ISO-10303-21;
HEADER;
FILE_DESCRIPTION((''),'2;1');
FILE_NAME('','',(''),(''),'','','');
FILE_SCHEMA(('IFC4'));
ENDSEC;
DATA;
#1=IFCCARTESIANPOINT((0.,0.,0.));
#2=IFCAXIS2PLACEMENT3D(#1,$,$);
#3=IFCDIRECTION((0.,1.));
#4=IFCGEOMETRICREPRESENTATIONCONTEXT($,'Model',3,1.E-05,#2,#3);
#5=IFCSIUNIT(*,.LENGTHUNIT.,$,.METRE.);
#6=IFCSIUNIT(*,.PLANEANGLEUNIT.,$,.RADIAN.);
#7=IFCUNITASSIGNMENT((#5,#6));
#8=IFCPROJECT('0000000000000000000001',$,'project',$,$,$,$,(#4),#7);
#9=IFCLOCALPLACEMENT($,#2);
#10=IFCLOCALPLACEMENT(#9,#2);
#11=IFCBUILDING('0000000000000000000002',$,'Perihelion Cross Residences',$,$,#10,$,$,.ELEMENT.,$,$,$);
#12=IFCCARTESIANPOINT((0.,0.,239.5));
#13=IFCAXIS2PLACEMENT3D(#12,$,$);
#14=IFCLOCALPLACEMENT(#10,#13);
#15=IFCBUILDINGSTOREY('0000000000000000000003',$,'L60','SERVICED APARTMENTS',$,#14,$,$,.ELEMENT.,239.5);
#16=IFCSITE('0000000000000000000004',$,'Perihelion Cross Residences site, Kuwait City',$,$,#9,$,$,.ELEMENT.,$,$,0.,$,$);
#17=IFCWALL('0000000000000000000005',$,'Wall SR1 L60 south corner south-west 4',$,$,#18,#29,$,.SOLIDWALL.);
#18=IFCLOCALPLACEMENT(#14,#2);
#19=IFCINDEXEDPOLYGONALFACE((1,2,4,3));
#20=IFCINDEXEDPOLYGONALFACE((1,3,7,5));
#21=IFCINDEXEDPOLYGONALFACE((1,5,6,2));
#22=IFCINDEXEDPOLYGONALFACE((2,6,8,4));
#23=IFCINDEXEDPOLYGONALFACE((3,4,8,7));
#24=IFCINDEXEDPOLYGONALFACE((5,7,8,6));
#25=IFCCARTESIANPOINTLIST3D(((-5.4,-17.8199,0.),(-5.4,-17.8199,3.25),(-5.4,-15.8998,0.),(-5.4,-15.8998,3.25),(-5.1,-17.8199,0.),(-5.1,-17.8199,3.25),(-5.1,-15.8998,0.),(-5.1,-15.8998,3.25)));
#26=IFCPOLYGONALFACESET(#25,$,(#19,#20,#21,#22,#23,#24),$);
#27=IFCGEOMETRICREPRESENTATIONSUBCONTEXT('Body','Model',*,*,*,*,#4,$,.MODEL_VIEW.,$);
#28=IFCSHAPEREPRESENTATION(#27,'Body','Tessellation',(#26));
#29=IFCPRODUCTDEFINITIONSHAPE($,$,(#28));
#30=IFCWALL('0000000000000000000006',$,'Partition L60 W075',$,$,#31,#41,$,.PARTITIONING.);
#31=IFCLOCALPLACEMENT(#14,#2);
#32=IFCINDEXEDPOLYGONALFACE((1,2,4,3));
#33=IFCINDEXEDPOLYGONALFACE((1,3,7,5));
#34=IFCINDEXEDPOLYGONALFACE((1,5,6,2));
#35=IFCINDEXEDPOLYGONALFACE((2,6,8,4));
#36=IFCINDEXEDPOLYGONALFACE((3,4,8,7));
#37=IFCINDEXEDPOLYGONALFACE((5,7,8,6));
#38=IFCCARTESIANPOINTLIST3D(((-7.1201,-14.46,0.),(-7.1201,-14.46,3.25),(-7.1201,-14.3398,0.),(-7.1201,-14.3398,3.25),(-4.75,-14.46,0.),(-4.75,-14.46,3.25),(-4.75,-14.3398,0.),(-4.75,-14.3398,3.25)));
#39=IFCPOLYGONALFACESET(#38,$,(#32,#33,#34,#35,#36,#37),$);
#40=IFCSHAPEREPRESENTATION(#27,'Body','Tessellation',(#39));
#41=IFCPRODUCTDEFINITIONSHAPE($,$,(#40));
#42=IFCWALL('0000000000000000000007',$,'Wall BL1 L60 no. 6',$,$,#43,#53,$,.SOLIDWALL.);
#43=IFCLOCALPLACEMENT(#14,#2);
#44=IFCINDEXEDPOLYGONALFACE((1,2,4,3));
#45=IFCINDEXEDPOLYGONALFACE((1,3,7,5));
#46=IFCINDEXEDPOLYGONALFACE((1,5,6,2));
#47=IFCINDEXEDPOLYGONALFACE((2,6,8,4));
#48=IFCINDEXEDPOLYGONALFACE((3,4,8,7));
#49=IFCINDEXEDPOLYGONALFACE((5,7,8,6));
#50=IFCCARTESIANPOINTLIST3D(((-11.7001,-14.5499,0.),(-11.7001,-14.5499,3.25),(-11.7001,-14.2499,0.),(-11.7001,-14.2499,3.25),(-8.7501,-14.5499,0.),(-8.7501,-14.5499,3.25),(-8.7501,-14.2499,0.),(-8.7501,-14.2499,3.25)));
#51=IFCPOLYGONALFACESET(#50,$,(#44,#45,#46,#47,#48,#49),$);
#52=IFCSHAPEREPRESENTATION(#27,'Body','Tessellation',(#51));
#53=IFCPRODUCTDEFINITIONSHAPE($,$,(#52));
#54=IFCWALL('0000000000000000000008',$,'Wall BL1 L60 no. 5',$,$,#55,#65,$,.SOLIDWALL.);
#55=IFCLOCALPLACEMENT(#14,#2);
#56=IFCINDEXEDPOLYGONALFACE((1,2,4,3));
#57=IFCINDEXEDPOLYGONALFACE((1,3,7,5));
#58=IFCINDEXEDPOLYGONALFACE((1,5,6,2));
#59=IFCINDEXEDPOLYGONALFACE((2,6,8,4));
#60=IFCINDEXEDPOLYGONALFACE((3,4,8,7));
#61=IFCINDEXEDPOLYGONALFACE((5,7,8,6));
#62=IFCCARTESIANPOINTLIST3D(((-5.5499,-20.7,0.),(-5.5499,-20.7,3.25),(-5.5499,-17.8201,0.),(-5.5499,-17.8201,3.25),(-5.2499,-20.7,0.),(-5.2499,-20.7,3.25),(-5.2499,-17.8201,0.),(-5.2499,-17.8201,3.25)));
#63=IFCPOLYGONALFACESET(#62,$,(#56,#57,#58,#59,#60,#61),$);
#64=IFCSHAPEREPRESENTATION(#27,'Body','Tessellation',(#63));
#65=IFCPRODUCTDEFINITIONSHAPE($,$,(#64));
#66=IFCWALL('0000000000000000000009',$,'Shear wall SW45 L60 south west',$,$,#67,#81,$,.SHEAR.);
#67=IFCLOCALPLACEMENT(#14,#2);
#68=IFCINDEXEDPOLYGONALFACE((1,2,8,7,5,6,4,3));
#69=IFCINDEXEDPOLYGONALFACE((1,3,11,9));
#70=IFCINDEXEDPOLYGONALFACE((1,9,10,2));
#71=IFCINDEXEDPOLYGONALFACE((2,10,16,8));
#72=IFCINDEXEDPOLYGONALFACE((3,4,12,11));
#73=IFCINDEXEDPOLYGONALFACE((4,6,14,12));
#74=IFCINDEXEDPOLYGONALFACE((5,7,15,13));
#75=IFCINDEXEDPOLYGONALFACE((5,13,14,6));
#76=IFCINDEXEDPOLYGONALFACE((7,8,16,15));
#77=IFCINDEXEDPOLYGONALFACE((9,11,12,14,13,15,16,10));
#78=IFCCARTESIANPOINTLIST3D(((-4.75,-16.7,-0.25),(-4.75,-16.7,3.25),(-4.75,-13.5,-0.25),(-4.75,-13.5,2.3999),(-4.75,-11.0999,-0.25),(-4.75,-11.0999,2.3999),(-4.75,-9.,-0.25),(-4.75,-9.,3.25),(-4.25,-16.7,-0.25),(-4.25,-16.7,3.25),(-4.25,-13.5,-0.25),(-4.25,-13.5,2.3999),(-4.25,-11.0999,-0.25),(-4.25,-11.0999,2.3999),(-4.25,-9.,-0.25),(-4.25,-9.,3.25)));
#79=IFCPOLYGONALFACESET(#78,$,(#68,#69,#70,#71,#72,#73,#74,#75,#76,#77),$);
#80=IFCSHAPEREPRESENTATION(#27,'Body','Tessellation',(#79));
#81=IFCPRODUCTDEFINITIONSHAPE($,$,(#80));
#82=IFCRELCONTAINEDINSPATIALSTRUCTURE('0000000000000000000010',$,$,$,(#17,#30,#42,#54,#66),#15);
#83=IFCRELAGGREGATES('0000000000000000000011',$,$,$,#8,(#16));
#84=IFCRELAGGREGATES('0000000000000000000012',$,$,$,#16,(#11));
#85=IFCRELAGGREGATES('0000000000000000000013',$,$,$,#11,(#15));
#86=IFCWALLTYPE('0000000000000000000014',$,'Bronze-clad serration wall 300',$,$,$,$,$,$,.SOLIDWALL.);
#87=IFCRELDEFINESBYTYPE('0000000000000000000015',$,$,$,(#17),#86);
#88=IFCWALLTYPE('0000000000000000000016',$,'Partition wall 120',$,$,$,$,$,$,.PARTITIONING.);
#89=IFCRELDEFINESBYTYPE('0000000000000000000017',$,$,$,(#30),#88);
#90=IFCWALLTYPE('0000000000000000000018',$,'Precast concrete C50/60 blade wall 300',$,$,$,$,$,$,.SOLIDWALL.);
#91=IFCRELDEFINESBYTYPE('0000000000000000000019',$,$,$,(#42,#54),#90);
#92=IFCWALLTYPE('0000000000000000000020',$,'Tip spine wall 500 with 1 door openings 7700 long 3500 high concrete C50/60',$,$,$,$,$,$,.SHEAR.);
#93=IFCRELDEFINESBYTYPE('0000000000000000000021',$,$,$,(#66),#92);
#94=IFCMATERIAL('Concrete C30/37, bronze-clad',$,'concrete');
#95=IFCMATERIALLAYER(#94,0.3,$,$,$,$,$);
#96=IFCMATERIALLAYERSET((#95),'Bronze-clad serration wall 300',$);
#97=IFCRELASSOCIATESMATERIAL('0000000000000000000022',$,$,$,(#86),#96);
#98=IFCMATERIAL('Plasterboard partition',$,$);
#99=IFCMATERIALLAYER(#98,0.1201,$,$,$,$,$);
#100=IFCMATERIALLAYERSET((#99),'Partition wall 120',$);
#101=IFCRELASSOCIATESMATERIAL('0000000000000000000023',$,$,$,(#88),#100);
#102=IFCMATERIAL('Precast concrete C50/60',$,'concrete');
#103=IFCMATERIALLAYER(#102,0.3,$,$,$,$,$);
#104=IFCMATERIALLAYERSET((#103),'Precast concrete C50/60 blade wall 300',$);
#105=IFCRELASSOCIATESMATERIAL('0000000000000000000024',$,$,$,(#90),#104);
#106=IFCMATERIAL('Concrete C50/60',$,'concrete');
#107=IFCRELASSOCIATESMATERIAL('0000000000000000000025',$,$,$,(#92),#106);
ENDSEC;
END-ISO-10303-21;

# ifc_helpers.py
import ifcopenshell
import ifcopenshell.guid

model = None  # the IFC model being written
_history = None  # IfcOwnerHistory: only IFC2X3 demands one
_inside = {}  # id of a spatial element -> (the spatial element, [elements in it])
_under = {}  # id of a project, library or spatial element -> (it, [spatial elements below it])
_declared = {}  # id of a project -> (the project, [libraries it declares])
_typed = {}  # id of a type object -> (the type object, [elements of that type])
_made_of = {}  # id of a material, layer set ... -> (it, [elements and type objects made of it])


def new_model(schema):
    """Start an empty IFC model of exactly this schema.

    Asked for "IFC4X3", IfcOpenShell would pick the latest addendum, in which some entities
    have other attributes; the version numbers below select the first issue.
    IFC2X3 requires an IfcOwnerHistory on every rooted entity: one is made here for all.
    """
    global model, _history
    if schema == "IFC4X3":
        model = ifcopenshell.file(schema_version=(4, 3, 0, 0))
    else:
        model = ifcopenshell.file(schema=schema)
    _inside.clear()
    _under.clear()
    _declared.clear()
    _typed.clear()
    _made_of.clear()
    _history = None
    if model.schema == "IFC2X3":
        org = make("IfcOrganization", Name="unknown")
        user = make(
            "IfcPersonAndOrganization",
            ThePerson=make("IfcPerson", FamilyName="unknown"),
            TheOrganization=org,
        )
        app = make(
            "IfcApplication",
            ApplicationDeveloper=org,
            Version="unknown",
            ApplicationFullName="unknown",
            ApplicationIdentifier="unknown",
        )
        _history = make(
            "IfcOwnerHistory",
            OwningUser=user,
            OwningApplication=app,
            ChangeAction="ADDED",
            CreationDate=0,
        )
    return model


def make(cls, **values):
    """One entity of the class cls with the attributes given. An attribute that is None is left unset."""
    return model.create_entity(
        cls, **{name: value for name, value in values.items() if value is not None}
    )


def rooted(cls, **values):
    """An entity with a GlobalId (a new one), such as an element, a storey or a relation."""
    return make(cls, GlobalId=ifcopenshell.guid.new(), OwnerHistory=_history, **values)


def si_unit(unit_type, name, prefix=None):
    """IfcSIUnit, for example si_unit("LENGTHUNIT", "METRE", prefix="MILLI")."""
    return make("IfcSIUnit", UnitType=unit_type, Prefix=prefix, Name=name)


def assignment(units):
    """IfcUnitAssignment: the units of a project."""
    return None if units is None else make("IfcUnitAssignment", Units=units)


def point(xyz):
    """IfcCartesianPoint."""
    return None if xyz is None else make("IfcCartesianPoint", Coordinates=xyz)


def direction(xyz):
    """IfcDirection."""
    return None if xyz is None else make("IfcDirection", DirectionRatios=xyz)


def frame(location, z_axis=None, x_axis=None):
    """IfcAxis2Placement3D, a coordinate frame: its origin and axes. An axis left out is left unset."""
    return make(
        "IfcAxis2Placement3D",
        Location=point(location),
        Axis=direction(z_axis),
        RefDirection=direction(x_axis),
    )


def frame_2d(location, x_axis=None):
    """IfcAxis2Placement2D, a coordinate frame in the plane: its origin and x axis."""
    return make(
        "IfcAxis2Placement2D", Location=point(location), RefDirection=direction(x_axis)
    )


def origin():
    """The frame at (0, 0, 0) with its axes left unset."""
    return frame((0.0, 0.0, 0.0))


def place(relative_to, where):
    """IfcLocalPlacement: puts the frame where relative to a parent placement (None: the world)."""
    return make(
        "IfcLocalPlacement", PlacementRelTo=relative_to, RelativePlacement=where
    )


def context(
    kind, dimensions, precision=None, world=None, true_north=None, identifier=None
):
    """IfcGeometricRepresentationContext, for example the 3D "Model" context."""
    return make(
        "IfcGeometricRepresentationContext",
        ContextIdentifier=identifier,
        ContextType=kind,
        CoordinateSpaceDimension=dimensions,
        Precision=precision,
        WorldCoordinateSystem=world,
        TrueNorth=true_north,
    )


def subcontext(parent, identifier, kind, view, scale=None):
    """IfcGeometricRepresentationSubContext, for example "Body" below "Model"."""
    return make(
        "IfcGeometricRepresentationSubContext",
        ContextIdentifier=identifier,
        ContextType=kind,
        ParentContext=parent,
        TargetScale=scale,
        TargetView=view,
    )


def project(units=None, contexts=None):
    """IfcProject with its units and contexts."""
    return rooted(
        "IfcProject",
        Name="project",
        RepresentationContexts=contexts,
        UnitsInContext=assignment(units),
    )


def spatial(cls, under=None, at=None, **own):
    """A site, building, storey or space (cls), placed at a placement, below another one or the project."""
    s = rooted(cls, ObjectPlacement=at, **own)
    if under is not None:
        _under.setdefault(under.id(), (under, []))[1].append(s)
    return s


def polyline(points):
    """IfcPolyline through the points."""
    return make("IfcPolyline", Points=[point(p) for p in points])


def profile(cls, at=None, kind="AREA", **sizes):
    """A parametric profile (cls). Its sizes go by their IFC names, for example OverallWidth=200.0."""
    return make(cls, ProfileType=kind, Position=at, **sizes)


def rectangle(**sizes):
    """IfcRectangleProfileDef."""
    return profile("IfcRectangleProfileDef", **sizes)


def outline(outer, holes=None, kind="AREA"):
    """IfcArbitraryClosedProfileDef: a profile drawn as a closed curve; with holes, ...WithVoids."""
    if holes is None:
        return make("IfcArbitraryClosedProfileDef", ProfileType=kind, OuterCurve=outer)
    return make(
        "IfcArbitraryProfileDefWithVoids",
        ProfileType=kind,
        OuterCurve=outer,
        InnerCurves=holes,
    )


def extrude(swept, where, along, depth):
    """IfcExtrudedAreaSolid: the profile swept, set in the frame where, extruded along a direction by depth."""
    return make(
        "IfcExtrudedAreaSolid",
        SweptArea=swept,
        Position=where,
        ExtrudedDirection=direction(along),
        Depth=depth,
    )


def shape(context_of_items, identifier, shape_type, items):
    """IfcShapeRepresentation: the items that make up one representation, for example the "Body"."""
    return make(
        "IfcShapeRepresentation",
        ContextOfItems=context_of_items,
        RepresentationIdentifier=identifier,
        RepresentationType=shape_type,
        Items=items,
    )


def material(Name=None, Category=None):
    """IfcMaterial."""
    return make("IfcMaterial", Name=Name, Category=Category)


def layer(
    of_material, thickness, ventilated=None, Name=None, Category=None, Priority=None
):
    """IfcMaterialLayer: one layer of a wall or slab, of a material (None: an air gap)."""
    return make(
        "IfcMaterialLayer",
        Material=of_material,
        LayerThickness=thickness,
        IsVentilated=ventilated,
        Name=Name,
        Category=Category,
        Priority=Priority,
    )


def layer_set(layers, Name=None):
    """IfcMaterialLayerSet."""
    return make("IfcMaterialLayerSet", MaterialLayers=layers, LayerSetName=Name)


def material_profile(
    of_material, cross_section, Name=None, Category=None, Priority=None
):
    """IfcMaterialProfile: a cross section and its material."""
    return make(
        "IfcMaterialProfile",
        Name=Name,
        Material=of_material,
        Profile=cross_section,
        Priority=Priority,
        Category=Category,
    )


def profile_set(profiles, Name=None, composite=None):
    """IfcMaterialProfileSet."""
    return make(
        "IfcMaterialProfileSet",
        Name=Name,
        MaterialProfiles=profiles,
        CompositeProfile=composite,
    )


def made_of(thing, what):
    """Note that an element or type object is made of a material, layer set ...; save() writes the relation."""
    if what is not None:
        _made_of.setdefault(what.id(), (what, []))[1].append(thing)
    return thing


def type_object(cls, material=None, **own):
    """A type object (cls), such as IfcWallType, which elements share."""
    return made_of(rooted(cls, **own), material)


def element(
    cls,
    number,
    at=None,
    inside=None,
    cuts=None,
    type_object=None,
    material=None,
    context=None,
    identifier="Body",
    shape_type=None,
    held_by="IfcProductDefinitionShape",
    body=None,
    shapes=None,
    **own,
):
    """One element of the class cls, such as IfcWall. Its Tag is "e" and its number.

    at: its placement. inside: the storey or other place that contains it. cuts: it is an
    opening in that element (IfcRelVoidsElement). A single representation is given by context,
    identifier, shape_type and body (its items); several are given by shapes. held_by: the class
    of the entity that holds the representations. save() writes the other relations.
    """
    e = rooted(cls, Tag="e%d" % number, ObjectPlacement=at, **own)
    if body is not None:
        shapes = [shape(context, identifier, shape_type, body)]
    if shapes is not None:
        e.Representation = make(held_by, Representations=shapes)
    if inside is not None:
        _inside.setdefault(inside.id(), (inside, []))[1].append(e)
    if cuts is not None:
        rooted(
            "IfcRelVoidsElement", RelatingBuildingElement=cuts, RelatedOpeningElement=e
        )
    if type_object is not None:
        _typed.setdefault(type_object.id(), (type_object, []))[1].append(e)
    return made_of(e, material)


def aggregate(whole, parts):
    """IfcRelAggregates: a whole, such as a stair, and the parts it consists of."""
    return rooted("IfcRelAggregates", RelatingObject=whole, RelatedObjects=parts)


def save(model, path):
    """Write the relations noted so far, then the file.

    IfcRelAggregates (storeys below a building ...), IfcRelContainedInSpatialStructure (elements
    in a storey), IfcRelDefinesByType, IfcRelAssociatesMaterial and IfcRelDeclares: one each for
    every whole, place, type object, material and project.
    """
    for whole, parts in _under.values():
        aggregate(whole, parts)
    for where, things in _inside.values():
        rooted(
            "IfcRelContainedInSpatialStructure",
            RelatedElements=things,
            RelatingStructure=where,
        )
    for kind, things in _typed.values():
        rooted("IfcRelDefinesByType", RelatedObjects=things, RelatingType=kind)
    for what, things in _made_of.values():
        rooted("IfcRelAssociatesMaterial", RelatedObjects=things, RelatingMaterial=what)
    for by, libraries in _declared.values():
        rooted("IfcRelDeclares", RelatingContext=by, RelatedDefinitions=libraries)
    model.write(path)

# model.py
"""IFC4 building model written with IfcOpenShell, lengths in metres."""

from ifc_helpers import new_model, si_unit, direction, frame, frame_2d, origin, place, context, subcontext, project, spatial, polyline, rectangle, outline, extrude, material, layer, layer_set, material_profile, profile_set, type_object, element, save


model = new_model("IFC4")

# Units and contexts
model_context = context("Model", 3, precision=1e-05, world=origin(), true_north=direction((0.0, 1.0)))
body_context = subcontext(model_context, "Body", "Model", "MODEL_VIEW")
ifc_project = project(units=[si_unit("LENGTHUNIT", "METRE"), si_unit("PLANEANGLEUNIT", "RADIAN")], contexts=[model_context])

# Site, building, storey
site_placement = place(None, origin())
site = spatial("IfcSite", under=ifc_project, at=site_placement, Name="Perihelion Cross Residences site, Kuwait City", CompositionType="ELEMENT", RefElevation=0.0)
building_placement = place(site_placement, origin())
building = spatial("IfcBuilding", under=site, at=building_placement, Name="Perihelion Cross Residences", CompositionType="ELEMENT")
storey_placement = place(building_placement, frame((0.0, 0.0, 239.5)))
storey = spatial("IfcBuildingStorey", under=building, at=storey_placement, Name="L60", Description="SERVICED APARTMENTS", CompositionType="ELEMENT", Elevation=239.5)

# Walls
ifc_material_1 = material(Name="Concrete C30/37, bronze-clad", Category="concrete")
ifc_layer_1 = layer(ifc_material_1, 0.3)
ifc_layer_set_1 = layer_set([ifc_layer_1], Name="Bronze-clad serration wall 300")
wall_type_1 = type_object("IfcWallType", Name="Bronze-clad serration wall 300", PredefinedType="SOLIDWALL", material=ifc_layer_set_1)
wall_1_placement = place(storey_placement, frame((-5.25, -15.8999, 0.0), z_axis=(0.0, 0.0, 1.0), x_axis=(0.0, -1.0, 0.0)))
element("IfcWall", 1, at=wall_1_placement, inside=storey, type_object=wall_type_1, Name="Wall SR1 L60 south corner south-west 4", PredefinedType="SOLIDWALL", context=body_context, shape_type="SweptSolid", body=[
    extrude(rectangle(XDim=1.9202, YDim=0.3, at=frame_2d((0.96, 0.0))), origin(), (0.0, 0.0, 1.0), 3.25),
])
ifc_material_2 = material(Name="Plasterboard partition")
ifc_layer_2 = layer(ifc_material_2, 0.1201)
ifc_layer_set_2 = layer_set([ifc_layer_2], Name="Partition wall 120")
wall_type_2 = type_object("IfcWallType", Name="Partition wall 120", PredefinedType="PARTITIONING", material=ifc_layer_set_2)
wall_2_placement = place(storey_placement, frame((-4.75, -14.3999, 0.0), z_axis=(0.0, 0.0, 1.0), x_axis=(-1.0, 0.0, 0.0)))
element("IfcWall", 2, at=wall_2_placement, inside=storey, type_object=wall_type_2, Name="Partition L60 W075", PredefinedType="PARTITIONING", context=body_context, shape_type="SweptSolid", body=[
    extrude(rectangle(XDim=2.3701, YDim=0.1201, at=frame_2d((1.1851, 0.0))), origin(), (0.0, 0.0, 1.0), 3.25),
])
ifc_material_3 = material(Name="Precast concrete C50/60", Category="concrete")
ifc_layer_3 = layer(ifc_material_3, 0.3)
ifc_layer_set_3 = layer_set([ifc_layer_3], Name="Precast concrete C50/60 blade wall 300")
wall_type_3 = type_object("IfcWallType", Name="Precast concrete C50/60 blade wall 300", PredefinedType="SOLIDWALL", material=ifc_layer_set_3)
wall_3_placement = place(storey_placement, frame((-8.75, -14.3999, 0.0), z_axis=(0.0, 0.0, 1.0), x_axis=(-1.0, 0.0, 0.0)))
element("IfcWall", 3, at=wall_3_placement, inside=storey, type_object=wall_type_3, Name="Wall BL1 L60 no. 6", PredefinedType="SOLIDWALL", context=body_context, shape_type="SweptSolid", body=[
    extrude(rectangle(XDim=2.95, YDim=0.3, at=frame_2d((1.4751, 0.0))), origin(), (0.0, 0.0, 1.0), 3.25),
])
wall_4_placement = place(storey_placement, frame((-5.3999, -17.8201, 0.0), z_axis=(0.0, 0.0, 1.0), x_axis=(0.0, -1.0, 0.0)))
element("IfcWall", 4, at=wall_4_placement, inside=storey, type_object=wall_type_3, Name="Wall BL1 L60 no. 5", PredefinedType="SOLIDWALL", context=body_context, shape_type="SweptSolid", body=[
    extrude(rectangle(XDim=2.8799, YDim=0.3, at=frame_2d((1.4399, 0.0))), origin(), (0.0, 0.0, 1.0), 3.25),
])
ifc_material_4 = material(Name="Concrete C50/60", Category="concrete")
ifc_material_profile_1 = material_profile(ifc_material_4, outline(polyline([(0.0, 0.0), (3.2, 0.0), (3.2, 2.6499), (5.6001, 2.6499), (5.6001, 0.0), (7.7, 0.0), (7.7, 3.5), (0.0, 3.5), (0.0, 0.0)])), Name="Tip spine wall")
ifc_profile_set_1 = profile_set([ifc_material_profile_1], Name="Concrete C50/60")
wall_type_4 = type_object("IfcWallType", Name="Tip spine wall 500 with 1 door openings 7700 long 3500 high concrete C50/60", PredefinedType="SHEAR", material=ifc_profile_set_1)
wall_5_placement = place(storey_placement, frame((-4.75, -16.7, -0.25), z_axis=(1.0, 0.0, 0.0), x_axis=(0.0, 1.0, 0.0)))
element("IfcWall", 5, at=wall_5_placement, inside=storey, type_object=wall_type_4, Name="Shear wall SW45 L60 south west", PredefinedType="SHEAR", context=body_context, shape_type="SweptSolid", body=[
    extrude(outline(polyline([(0.0, 0.0), (3.2, 0.0), (3.2, 2.6499), (5.6001, 2.6499), (5.6001, 0.0), (7.7, 0.0), (7.7, 3.5), (0.0, 3.5), (0.0, 0.0)])), origin(), (0.0, 0.0, 1.0), 0.5),
])

save(model, "model.ifc")
